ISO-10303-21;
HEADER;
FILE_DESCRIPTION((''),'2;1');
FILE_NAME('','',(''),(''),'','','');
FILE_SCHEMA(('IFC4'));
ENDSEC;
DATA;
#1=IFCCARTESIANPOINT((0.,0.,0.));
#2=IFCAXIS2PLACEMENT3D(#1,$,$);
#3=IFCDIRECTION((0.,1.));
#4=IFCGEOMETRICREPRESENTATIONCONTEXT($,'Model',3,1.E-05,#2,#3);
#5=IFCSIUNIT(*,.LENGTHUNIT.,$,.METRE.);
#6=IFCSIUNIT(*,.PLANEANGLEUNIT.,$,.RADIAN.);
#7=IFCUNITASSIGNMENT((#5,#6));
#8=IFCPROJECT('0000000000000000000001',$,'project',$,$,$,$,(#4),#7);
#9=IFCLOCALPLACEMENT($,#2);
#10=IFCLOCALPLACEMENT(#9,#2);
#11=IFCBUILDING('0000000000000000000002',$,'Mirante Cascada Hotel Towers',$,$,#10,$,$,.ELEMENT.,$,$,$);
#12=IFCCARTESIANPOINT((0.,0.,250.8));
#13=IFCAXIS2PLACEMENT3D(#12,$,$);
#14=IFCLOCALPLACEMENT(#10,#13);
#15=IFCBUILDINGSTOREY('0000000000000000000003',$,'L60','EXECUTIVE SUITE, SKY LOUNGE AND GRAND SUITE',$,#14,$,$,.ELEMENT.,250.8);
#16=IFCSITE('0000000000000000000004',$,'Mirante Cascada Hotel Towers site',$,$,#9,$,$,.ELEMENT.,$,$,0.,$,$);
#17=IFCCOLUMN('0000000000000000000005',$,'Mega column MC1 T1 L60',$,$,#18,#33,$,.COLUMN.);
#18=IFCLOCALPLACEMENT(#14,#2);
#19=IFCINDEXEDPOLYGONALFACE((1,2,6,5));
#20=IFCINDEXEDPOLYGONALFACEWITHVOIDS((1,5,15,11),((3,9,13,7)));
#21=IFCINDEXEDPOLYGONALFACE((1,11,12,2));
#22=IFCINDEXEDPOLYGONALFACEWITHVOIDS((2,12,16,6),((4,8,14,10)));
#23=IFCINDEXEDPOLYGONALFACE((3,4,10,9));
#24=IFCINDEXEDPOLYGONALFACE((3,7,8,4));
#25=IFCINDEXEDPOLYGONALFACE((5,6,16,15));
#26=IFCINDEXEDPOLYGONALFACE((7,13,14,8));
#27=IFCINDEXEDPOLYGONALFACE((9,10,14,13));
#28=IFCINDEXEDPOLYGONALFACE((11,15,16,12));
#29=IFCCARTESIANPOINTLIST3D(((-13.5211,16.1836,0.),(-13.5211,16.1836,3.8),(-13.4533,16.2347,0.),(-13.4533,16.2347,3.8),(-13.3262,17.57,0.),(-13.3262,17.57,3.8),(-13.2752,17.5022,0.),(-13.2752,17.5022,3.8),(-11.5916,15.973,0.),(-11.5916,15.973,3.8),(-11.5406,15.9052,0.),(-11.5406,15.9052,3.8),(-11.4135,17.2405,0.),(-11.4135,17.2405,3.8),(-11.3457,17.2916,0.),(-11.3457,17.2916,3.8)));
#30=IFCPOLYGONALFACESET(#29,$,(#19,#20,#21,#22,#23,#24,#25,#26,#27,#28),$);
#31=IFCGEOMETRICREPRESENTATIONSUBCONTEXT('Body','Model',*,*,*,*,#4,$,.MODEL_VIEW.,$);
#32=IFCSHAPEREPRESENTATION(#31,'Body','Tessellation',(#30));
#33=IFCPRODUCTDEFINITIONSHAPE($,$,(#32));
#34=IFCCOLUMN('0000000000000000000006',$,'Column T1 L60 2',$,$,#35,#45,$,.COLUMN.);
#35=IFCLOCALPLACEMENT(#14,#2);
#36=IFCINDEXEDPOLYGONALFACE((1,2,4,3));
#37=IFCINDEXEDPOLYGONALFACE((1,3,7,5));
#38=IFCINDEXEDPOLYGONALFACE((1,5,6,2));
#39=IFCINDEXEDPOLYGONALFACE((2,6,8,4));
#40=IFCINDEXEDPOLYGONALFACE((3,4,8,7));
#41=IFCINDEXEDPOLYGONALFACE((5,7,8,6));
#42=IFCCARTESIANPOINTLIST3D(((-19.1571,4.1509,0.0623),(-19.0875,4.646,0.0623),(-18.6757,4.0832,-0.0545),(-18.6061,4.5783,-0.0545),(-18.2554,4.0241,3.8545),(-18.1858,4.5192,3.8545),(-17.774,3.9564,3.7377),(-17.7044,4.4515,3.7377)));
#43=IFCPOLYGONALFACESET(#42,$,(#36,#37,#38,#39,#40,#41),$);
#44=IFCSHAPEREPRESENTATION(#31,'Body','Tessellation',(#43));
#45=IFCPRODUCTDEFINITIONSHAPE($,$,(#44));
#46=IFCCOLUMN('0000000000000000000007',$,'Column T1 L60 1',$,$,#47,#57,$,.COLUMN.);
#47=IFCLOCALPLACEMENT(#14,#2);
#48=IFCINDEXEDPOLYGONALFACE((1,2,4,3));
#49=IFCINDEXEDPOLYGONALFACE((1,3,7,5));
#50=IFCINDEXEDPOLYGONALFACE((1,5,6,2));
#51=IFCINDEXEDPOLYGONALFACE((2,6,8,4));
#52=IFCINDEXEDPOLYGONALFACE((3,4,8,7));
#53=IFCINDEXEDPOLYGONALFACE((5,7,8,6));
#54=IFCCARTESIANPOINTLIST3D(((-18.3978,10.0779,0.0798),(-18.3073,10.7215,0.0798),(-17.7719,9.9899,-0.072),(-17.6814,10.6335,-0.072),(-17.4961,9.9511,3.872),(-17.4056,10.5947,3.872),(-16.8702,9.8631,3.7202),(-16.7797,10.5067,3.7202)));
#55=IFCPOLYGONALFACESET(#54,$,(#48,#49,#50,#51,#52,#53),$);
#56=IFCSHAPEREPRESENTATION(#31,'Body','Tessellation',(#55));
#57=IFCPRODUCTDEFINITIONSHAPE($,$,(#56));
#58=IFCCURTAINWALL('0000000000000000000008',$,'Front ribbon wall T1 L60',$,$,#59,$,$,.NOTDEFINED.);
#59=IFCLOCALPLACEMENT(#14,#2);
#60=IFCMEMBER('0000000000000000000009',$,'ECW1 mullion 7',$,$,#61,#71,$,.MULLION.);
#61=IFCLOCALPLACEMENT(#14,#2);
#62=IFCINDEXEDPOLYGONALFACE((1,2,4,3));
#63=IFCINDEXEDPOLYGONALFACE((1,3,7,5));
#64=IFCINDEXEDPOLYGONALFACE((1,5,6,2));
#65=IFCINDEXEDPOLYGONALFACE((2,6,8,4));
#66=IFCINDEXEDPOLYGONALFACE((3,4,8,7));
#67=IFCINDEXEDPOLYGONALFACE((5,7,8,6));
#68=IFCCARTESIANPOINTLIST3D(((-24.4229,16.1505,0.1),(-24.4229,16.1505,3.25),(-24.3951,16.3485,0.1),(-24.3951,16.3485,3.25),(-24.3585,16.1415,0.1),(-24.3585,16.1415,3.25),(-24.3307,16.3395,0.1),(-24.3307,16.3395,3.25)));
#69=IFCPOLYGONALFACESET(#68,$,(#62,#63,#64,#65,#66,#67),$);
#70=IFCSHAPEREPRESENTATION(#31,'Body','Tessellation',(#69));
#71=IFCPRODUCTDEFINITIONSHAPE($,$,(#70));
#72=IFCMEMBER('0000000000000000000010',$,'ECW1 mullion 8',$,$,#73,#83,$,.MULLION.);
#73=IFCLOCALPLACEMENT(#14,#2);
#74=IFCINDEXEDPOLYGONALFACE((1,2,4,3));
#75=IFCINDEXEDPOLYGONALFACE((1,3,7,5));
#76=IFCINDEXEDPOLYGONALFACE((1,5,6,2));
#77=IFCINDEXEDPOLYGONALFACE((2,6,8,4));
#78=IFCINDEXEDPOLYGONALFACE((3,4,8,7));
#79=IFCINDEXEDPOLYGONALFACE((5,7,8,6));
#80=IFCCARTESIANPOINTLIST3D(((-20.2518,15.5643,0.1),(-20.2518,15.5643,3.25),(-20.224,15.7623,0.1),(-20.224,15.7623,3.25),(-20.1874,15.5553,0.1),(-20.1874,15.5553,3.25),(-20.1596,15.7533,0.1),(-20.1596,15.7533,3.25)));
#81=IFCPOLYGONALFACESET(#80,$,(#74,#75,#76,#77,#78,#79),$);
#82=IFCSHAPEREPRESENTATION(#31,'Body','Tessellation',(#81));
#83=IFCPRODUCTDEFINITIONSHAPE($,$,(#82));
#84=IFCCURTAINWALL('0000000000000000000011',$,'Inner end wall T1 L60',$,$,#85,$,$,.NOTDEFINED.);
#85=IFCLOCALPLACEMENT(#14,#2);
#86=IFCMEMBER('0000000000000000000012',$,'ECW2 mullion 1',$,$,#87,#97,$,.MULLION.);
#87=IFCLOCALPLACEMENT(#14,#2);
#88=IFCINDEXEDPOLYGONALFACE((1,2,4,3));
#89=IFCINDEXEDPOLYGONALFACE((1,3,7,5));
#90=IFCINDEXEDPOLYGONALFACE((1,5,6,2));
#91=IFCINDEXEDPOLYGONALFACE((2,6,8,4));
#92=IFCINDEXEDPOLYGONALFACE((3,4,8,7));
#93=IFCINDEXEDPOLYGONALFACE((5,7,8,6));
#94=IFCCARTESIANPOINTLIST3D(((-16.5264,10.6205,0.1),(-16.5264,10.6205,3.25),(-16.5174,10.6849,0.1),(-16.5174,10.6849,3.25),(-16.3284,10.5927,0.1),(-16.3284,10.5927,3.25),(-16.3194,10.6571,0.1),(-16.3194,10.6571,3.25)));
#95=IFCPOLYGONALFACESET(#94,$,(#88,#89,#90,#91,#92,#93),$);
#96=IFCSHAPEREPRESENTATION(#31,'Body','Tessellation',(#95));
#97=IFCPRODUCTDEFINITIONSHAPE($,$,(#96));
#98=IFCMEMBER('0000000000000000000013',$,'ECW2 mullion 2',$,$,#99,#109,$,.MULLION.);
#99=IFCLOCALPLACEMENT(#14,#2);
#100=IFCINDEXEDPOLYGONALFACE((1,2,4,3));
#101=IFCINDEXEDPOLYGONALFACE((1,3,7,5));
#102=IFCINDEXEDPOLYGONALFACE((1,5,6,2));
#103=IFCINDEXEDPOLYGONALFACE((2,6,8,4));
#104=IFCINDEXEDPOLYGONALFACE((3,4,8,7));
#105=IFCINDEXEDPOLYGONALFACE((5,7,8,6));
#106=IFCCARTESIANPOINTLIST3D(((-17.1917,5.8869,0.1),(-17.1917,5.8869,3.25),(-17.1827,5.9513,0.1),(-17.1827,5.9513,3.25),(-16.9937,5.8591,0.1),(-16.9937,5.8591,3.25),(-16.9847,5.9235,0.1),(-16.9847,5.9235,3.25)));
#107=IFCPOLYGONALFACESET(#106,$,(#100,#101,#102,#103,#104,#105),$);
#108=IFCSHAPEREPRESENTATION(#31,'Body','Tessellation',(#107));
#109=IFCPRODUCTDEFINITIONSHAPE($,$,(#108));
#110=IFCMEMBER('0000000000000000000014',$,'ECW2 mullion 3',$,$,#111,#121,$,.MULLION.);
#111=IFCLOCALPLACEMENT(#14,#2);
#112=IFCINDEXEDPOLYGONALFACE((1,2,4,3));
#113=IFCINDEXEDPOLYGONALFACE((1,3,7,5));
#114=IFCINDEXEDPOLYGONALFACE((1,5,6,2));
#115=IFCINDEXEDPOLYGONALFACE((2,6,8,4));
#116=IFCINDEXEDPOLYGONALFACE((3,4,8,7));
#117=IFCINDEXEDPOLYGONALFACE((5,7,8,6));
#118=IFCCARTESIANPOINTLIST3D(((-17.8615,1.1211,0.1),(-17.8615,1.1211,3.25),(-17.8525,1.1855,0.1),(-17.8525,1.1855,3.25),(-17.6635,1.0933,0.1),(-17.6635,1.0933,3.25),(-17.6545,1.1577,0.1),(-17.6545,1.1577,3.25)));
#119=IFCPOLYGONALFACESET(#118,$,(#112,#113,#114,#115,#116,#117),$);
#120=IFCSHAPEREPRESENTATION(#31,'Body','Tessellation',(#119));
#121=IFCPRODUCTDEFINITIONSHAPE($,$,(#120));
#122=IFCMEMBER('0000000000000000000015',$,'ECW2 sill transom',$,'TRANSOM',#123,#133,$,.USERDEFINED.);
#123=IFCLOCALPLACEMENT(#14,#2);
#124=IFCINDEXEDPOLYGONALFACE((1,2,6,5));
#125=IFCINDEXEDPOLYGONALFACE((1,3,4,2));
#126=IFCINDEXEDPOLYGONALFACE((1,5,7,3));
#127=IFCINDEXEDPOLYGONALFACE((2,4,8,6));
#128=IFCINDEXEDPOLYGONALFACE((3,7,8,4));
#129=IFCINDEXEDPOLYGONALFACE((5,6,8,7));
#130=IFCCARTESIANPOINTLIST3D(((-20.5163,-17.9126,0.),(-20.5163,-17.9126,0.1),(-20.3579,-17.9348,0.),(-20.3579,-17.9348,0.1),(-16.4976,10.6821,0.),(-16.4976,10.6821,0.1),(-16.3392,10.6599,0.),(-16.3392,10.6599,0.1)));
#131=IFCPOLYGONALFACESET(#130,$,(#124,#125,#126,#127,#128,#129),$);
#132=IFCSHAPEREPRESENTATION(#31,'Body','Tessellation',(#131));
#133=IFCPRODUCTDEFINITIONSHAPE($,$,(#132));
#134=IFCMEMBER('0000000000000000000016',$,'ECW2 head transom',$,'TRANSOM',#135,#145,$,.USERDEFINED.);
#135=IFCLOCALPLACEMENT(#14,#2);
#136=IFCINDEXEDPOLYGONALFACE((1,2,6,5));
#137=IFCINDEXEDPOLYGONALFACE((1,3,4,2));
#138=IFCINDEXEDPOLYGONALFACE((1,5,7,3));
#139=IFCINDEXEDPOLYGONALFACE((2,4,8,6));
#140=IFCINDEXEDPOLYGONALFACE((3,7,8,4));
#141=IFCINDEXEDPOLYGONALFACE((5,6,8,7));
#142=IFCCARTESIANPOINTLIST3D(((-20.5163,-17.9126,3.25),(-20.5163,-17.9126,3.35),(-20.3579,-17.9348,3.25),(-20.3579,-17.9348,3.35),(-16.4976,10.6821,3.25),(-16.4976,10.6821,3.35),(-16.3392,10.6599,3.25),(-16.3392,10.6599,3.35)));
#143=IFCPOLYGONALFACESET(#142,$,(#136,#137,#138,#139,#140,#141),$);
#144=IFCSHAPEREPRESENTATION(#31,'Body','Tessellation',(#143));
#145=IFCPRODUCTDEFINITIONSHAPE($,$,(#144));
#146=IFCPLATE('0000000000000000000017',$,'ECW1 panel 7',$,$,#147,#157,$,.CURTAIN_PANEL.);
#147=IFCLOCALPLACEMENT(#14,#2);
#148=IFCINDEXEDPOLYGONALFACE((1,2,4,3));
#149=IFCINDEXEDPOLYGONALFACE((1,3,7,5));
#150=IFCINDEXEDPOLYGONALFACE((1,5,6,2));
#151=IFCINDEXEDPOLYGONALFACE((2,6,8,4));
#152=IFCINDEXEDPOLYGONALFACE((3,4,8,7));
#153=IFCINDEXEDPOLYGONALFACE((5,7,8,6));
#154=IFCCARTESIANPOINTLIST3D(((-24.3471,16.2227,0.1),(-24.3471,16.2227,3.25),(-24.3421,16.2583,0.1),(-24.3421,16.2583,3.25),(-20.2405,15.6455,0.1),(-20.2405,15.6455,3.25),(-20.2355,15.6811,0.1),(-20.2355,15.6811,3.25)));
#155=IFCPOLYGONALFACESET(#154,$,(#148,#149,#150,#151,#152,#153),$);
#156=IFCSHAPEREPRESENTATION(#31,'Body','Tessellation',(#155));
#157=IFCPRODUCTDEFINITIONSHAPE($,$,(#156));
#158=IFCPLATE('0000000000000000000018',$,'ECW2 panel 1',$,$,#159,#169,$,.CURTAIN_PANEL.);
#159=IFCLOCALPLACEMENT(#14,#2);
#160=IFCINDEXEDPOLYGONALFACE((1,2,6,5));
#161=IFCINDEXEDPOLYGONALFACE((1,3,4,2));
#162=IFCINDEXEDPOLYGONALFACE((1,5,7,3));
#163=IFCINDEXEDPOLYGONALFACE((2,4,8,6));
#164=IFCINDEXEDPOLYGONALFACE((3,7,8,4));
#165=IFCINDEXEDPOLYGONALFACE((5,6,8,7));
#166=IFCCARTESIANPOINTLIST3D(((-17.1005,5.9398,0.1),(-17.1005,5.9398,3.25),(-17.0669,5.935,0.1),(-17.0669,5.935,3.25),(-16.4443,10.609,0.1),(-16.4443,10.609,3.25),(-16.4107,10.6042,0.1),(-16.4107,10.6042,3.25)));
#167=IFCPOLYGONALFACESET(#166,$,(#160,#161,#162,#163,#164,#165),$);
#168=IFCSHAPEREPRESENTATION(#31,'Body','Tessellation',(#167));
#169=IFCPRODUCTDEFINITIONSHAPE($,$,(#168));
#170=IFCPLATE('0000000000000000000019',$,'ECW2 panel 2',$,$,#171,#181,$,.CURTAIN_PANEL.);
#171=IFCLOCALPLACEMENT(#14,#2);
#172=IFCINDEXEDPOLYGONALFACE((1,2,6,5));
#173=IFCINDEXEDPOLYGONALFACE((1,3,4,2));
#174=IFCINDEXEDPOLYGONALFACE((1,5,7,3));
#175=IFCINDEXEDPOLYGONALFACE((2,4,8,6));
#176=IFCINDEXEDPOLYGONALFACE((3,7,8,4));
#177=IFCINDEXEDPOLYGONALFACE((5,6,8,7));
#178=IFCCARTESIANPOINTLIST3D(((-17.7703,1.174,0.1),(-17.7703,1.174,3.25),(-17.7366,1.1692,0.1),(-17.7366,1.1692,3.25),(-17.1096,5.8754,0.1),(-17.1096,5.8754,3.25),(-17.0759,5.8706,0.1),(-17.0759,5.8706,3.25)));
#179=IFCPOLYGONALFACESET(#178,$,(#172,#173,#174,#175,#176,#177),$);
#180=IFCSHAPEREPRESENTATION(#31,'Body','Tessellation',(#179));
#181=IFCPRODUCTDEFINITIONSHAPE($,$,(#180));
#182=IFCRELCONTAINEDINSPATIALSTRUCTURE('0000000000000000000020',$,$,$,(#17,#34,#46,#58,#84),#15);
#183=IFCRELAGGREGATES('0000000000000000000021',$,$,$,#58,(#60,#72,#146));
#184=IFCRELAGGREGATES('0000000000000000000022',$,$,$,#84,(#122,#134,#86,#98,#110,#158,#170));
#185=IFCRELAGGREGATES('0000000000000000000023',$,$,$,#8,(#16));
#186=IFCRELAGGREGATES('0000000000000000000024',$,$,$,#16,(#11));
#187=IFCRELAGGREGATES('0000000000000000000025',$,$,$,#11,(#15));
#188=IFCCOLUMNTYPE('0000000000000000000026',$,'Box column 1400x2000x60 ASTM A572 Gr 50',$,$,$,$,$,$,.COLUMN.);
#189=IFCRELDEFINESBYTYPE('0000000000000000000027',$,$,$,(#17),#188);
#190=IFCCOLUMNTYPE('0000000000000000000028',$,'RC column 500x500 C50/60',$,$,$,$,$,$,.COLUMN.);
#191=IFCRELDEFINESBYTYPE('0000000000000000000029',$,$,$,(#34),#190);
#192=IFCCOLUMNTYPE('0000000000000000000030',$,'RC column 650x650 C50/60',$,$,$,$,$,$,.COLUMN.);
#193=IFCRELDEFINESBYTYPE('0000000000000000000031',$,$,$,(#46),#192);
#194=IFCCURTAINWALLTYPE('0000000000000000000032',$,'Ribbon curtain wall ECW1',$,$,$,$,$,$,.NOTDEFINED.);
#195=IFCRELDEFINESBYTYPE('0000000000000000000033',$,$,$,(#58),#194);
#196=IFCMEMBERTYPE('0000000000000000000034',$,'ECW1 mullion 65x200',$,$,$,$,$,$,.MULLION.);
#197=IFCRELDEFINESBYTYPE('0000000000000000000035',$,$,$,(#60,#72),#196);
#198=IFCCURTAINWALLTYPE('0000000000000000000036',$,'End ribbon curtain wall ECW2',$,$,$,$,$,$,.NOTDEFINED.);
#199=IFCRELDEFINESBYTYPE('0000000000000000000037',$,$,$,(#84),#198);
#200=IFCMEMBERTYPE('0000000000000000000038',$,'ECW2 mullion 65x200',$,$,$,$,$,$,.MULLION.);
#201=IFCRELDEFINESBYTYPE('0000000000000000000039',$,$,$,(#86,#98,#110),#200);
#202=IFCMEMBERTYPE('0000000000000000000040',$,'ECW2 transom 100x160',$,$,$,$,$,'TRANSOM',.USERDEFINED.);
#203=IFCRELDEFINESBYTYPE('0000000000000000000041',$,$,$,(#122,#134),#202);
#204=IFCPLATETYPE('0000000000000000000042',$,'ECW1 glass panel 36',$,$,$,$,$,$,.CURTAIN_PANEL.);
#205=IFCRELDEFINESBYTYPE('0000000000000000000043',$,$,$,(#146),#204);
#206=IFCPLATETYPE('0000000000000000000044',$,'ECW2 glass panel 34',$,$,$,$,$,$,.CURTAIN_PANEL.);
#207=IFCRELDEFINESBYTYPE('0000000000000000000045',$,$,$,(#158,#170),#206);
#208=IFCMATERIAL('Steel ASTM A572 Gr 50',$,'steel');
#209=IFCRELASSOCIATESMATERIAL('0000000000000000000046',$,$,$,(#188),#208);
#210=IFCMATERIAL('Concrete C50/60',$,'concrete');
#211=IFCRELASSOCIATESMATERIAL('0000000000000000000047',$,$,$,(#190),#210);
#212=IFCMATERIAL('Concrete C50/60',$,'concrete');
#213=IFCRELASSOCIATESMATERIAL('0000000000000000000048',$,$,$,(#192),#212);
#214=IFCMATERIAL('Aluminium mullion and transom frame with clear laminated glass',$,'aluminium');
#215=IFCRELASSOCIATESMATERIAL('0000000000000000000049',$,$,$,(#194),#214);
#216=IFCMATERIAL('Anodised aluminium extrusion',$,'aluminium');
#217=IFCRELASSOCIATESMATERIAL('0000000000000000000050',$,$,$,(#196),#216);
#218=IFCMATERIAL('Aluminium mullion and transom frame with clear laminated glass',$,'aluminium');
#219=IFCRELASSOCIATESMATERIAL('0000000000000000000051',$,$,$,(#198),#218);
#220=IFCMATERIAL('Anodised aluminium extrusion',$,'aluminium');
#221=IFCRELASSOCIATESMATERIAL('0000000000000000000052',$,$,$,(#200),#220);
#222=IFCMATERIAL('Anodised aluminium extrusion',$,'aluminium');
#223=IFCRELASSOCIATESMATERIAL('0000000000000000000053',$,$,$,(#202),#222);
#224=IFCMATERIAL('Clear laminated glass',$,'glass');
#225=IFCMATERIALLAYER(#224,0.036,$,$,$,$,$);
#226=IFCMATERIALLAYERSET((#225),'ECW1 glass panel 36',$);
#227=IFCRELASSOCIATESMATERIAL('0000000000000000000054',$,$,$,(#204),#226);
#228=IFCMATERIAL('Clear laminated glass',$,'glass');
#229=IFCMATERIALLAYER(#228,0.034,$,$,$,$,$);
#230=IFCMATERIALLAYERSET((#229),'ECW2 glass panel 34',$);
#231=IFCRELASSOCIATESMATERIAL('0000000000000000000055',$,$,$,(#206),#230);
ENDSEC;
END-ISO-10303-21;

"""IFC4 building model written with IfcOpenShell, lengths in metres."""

from ifc_helpers import new_model, si_unit, direction, frame, origin, origin_2d, place, context, subcontext, project, spatial, rectangle, hollow_rectangle, extrude, material, layer, layer_set, material_profile, profile_set, type_object, element, aggregate, save


model = new_model("IFC4")

# Units and contexts
model_context = context("Model", 3, precision=1e-05, world=origin(), true_north=direction((0.0, 1.0)))
body_context = subcontext(model_context, "Body", "Model", "MODEL_VIEW")
ifc_project = project(units=[si_unit("LENGTHUNIT", "METRE"), si_unit("PLANEANGLEUNIT", "RADIAN")], contexts=[model_context])

# Site, building, storey
site_placement = place(None, origin())
site = spatial("IfcSite", under=ifc_project, at=site_placement, Name="Mirante Cascada Hotel Towers site", CompositionType="ELEMENT", RefElevation=0.0)
building_placement = place(site_placement, origin())
building = spatial("IfcBuilding", under=site, at=building_placement, Name="Mirante Cascada Hotel Towers", CompositionType="ELEMENT")
storey_placement = place(building_placement, frame((0.0, 0.0, 250.8)))
storey = spatial("IfcBuildingStorey", under=building, at=storey_placement, Name="L60", Description="EXECUTIVE SUITE, SKY LOUNGE AND GRAND SUITE", CompositionType="ELEMENT", Elevation=250.8)

# Columns
ifc_material_1 = material(Name="Steel ASTM A572 Gr 50", Category="steel")
ifc_material_profile_1 = material_profile(ifc_material_1, hollow_rectangle(XDim=2.0, YDim=1.4, WallThickness=0.06, at=origin_2d()), Name="Box column 1400x2000x60 ASTM A572 Gr 50")
ifc_profile_set_1 = profile_set([ifc_material_profile_1], Name="Steel ASTM A572 Gr 50")
column_type_1 = type_object("IfcColumnType", Name="Box column 1400x2000x60 ASTM A572 Gr 50", PredefinedType="COLUMN", material=ifc_profile_set_1)
column_1_placement = place(storey_placement, frame((-12.4334, 16.7376, 0.0), z_axis=(0.0, 0.0, 1.0), x_axis=(-0.990268, 0.139173, 0.0)))
element("IfcColumn", 1, at=column_1_placement, inside=storey, type_object=column_type_1, Name="Mega column MC1 T1 L60", PredefinedType="COLUMN", context=body_context, shape_type="SweptSolid", body=[
    extrude(hollow_rectangle(XDim=2.0, YDim=1.4, WallThickness=0.06, at=origin_2d()), origin(), (0.0, 0.0, 1.0), 3.8),
])
ifc_material_2 = material(Name="Concrete C50/60", Category="concrete")
ifc_material_profile_2 = material_profile(ifc_material_2, rectangle(XDim=0.5, YDim=0.5, at=origin_2d()), Name="RC column 500x500 C50/60")
ifc_profile_set_2 = profile_set([ifc_material_profile_2], Name="Concrete C50/60")
column_type_2 = type_object("IfcColumnType", Name="RC column 500x500 C50/60", PredefinedType="COLUMN", material=ifc_profile_set_2)
column_2_placement = place(storey_placement, frame((-18.8816, 4.3646, 0.0039), z_axis=(0.231206, -0.032513, 0.972361), x_axis=(0.139253, 0.990257, 0.0)))
element("IfcColumn", 2, at=column_2_placement, inside=storey, type_object=column_type_2, Name="Column T1 L60 2", PredefinedType="COLUMN", context=body_context, shape_type="SweptSolid", body=[
    extrude(rectangle(XDim=0.5, YDim=0.5, at=origin_2d()), origin(), (0.0, 0.0, 1.0), 3.9),
])
ifc_material_3 = material(Name="Concrete C50/60", Category="concrete")
ifc_material_profile_3 = material_profile(ifc_material_3, rectangle(XDim=0.65, YDim=0.65, at=origin_2d()), Name="RC column 650x650 C50/60")
ifc_profile_set_3 = profile_set([ifc_material_profile_3], Name="Concrete C50/60")
column_type_3 = type_object("IfcColumnType", Name="RC column 650x650 C50/60", PredefinedType="COLUMN", material=ifc_profile_set_3)
column_3_placement = place(storey_placement, frame((-18.0396, 10.3557, 0.0039), z_axis=(0.231206, -0.032513, 0.972361), x_axis=(0.139253, 0.990257, 0.0)))
element("IfcColumn", 3, at=column_3_placement, inside=storey, type_object=column_type_3, Name="Column T1 L60 1", PredefinedType="COLUMN", context=body_context, shape_type="SweptSolid", body=[
    extrude(rectangle(XDim=0.65, YDim=0.65, at=origin_2d()), origin(), (0.0, 0.0, 1.0), 3.9),
])

# Curtain walls, members
ifc_material_4 = material(Name="Aluminium mullion and transom frame with clear laminated glass", Category="aluminium")
curtain_wall_type_1 = type_object("IfcCurtainWallType", Name="Ribbon curtain wall ECW1", PredefinedType="NOTDEFINED", material=ifc_material_4)
curtain_wall_1_placement = place(storey_placement, origin())
curtain_wall_1 = element("IfcCurtainWall", 4, at=curtain_wall_1_placement, inside=storey, type_object=curtain_wall_type_1, Name="Front ribbon wall T1 L60", PredefinedType="NOTDEFINED")
ifc_material_5 = material(Name="Anodised aluminium extrusion", Category="aluminium")
ifc_material_profile_4 = material_profile(ifc_material_5, rectangle(XDim=0.2, YDim=0.065, at=origin_2d()), Name="ECW1 MULLION 65x200")
ifc_profile_set_4 = profile_set([ifc_material_profile_4], Name="Anodised aluminium extrusion")
member_type_1 = type_object("IfcMemberType", Name="ECW1 mullion 65x200", PredefinedType="MULLION", material=ifc_profile_set_4)
member_1_placement = place(storey_placement, frame((-24.3768, 16.245, 0.1), z_axis=(0.0, 0.0, 1.0), x_axis=(0.139173, 0.990268, 0.0)))
member_1 = element("IfcMember", 5, at=member_1_placement, type_object=member_type_1, Name="ECW1 mullion 7", PredefinedType="MULLION", context=body_context, shape_type="SweptSolid", body=[
    extrude(rectangle(XDim=0.2, YDim=0.065, at=origin_2d()), origin(), (0.0, 0.0, 1.0), 3.15),
])
member_2_placement = place(storey_placement, frame((-20.2057, 15.6588, 0.1), z_axis=(0.0, 0.0, 1.0), x_axis=(0.139173, 0.990268, 0.0)))
member_2 = element("IfcMember", 6, at=member_2_placement, type_object=member_type_1, Name="ECW1 mullion 8", PredefinedType="MULLION", context=body_context, shape_type="SweptSolid", body=[
    extrude(rectangle(XDim=0.2, YDim=0.065, at=origin_2d()), origin(), (0.0, 0.0, 1.0), 3.15),
])
ifc_material_6 = material(Name="Aluminium mullion and transom frame with clear laminated glass", Category="aluminium")
curtain_wall_type_2 = type_object("IfcCurtainWallType", Name="End ribbon curtain wall ECW2", PredefinedType="NOTDEFINED", material=ifc_material_6)
curtain_wall_2_placement = place(storey_placement, origin())
curtain_wall_2 = element("IfcCurtainWall", 7, at=curtain_wall_2_placement, inside=storey, type_object=curtain_wall_type_2, Name="Inner end wall T1 L60", PredefinedType="NOTDEFINED")
ifc_material_7 = material(Name="Anodised aluminium extrusion", Category="aluminium")
ifc_material_profile_5 = material_profile(ifc_material_7, rectangle(XDim=0.2, YDim=0.065, at=origin_2d()), Name="ECW2 MULLION 65x200")
ifc_profile_set_5 = profile_set([ifc_material_profile_5], Name="Anodised aluminium extrusion")
member_type_2 = type_object("IfcMemberType", Name="ECW2 mullion 65x200", PredefinedType="MULLION", material=ifc_profile_set_5)
member_3_placement = place(storey_placement, frame((-16.4229, 10.6388, 0.1), z_axis=(0.0, 0.0, 1.0), x_axis=(0.990268, -0.139173, 0.0)))
member_3 = element("IfcMember", 8, at=member_3_placement, type_object=member_type_2, Name="ECW2 mullion 1", PredefinedType="MULLION", context=body_context, shape_type="SweptSolid", body=[
    extrude(rectangle(XDim=0.2, YDim=0.065, at=origin_2d()), origin(), (0.0, 0.0, 1.0), 3.15),
])
member_4_placement = place(storey_placement, frame((-17.0882, 5.9052, 0.1), z_axis=(0.0, 0.0, 1.0), x_axis=(0.990268, -0.139173, 0.0)))
member_4 = element("IfcMember", 9, at=member_4_placement, type_object=member_type_2, Name="ECW2 mullion 2", PredefinedType="MULLION", context=body_context, shape_type="SweptSolid", body=[
    extrude(rectangle(XDim=0.2, YDim=0.065, at=origin_2d()), origin(), (0.0, 0.0, 1.0), 3.15),
])
member_5_placement = place(storey_placement, frame((-17.758, 1.1394, 0.1), z_axis=(0.0, 0.0, 1.0), x_axis=(0.990268, -0.139173, 0.0)))
member_5 = element("IfcMember", 10, at=member_5_placement, type_object=member_type_2, Name="ECW2 mullion 3", PredefinedType="MULLION", context=body_context, shape_type="SweptSolid", body=[
    extrude(rectangle(XDim=0.2, YDim=0.065, at=origin_2d()), origin(), (0.0, 0.0, 1.0), 3.15),
])
ifc_material_8 = material(Name="Anodised aluminium extrusion", Category="aluminium")
ifc_material_profile_6 = material_profile(ifc_material_8, rectangle(XDim=0.16, YDim=0.1, at=origin_2d()), Name="ECW2 TRANSOM 100x160")
ifc_profile_set_6 = profile_set([ifc_material_profile_6], Name="Anodised aluminium extrusion")
member_type_3 = type_object("IfcMemberType", Name="ECW2 transom 100x160", ElementType="TRANSOM", PredefinedType="USERDEFINED", material=ifc_profile_set_6)
member_6_placement = place(storey_placement, frame((-16.4184, 10.671, 0.05), z_axis=(-0.139172, -0.990268, 0.0), x_axis=(0.990268, -0.139172, 0.0)))
member_6 = element("IfcMember", 11, at=member_6_placement, type_object=member_type_3, Name="ECW2 sill transom", ObjectType="TRANSOM", PredefinedType="USERDEFINED", context=body_context, shape_type="SweptSolid", body=[
    extrude(rectangle(XDim=0.16, YDim=0.1, at=origin_2d()), origin(), (0.0, 0.0, 1.0), 28.8757),
])
member_7_placement = place(storey_placement, frame((-16.4184, 10.671, 3.3), z_axis=(-0.139172, -0.990268, 0.0), x_axis=(0.990268, -0.139172, 0.0)))
member_7 = element("IfcMember", 12, at=member_7_placement, type_object=member_type_3, Name="ECW2 head transom", ObjectType="TRANSOM", PredefinedType="USERDEFINED", context=body_context, shape_type="SweptSolid", body=[
    extrude(rectangle(XDim=0.16, YDim=0.1, at=origin_2d()), origin(), (0.0, 0.0, 1.0), 28.8757),
])

# Plates
ifc_material_9 = material(Name="Clear laminated glass", Category="glass")
ifc_layer_1 = layer(ifc_material_9, 0.036)
ifc_layer_set_1 = layer_set([ifc_layer_1], Name="ECW1 glass panel 36")
plate_type_1 = type_object("IfcPlateType", Name="ECW1 glass panel 36", PredefinedType="CURTAIN_PANEL", material=ifc_layer_set_1)
plate_1_placement = place(storey_placement, frame((-22.2913, 15.9519, 0.1), z_axis=(0.0, 0.0, 1.0), x_axis=(0.990268, -0.139173, 0.0)))
plate_1 = element("IfcPlate", 13, at=plate_1_placement, type_object=plate_type_1, Name="ECW1 panel 7", PredefinedType="CURTAIN_PANEL", context=body_context, shape_type="SweptSolid", body=[
    extrude(rectangle(XDim=4.147, YDim=0.036, at=origin_2d()), origin(), (0.0, 0.0, 1.0), 3.15),
])
aggregate(curtain_wall_1, [member_1, member_2, plate_1])
ifc_material_10 = material(Name="Clear laminated glass", Category="glass")
ifc_layer_2 = layer(ifc_material_10, 0.034)
ifc_layer_set_2 = layer_set([ifc_layer_2], Name="ECW2 glass panel 34")
plate_type_2 = type_object("IfcPlateType", Name="ECW2 glass panel 34", PredefinedType="CURTAIN_PANEL", material=ifc_layer_set_2)
plate_2_placement = place(storey_placement, frame((-16.7556, 8.272, 0.1), z_axis=(0.0, 0.0, 1.0), x_axis=(-0.139173, -0.990268, 0.0)))
plate_2 = element("IfcPlate", 14, at=plate_2_placement, type_object=plate_type_2, Name="ECW2 panel 1", PredefinedType="CURTAIN_PANEL", context=body_context, shape_type="SweptSolid", body=[
    extrude(rectangle(XDim=4.7151, YDim=0.034, at=origin_2d()), origin(), (0.0, 0.0, 1.0), 3.15),
])
plate_3_placement = place(storey_placement, frame((-17.4231, 3.5223, 0.1), z_axis=(0.0, 0.0, 1.0), x_axis=(-0.139173, -0.990268, 0.0)))
plate_3 = element("IfcPlate", 15, at=plate_3_placement, type_object=plate_type_2, Name="ECW2 panel 2", PredefinedType="CURTAIN_PANEL", context=body_context, shape_type="SweptSolid", body=[
    extrude(rectangle(XDim=4.7476, YDim=0.034, at=origin_2d()), origin(), (0.0, 0.0, 1.0), 3.15),
])
aggregate(curtain_wall_2, [member_6, member_7, member_3, member_4, member_5, plate_2, plate_3])

save(model, "model.ifc")
